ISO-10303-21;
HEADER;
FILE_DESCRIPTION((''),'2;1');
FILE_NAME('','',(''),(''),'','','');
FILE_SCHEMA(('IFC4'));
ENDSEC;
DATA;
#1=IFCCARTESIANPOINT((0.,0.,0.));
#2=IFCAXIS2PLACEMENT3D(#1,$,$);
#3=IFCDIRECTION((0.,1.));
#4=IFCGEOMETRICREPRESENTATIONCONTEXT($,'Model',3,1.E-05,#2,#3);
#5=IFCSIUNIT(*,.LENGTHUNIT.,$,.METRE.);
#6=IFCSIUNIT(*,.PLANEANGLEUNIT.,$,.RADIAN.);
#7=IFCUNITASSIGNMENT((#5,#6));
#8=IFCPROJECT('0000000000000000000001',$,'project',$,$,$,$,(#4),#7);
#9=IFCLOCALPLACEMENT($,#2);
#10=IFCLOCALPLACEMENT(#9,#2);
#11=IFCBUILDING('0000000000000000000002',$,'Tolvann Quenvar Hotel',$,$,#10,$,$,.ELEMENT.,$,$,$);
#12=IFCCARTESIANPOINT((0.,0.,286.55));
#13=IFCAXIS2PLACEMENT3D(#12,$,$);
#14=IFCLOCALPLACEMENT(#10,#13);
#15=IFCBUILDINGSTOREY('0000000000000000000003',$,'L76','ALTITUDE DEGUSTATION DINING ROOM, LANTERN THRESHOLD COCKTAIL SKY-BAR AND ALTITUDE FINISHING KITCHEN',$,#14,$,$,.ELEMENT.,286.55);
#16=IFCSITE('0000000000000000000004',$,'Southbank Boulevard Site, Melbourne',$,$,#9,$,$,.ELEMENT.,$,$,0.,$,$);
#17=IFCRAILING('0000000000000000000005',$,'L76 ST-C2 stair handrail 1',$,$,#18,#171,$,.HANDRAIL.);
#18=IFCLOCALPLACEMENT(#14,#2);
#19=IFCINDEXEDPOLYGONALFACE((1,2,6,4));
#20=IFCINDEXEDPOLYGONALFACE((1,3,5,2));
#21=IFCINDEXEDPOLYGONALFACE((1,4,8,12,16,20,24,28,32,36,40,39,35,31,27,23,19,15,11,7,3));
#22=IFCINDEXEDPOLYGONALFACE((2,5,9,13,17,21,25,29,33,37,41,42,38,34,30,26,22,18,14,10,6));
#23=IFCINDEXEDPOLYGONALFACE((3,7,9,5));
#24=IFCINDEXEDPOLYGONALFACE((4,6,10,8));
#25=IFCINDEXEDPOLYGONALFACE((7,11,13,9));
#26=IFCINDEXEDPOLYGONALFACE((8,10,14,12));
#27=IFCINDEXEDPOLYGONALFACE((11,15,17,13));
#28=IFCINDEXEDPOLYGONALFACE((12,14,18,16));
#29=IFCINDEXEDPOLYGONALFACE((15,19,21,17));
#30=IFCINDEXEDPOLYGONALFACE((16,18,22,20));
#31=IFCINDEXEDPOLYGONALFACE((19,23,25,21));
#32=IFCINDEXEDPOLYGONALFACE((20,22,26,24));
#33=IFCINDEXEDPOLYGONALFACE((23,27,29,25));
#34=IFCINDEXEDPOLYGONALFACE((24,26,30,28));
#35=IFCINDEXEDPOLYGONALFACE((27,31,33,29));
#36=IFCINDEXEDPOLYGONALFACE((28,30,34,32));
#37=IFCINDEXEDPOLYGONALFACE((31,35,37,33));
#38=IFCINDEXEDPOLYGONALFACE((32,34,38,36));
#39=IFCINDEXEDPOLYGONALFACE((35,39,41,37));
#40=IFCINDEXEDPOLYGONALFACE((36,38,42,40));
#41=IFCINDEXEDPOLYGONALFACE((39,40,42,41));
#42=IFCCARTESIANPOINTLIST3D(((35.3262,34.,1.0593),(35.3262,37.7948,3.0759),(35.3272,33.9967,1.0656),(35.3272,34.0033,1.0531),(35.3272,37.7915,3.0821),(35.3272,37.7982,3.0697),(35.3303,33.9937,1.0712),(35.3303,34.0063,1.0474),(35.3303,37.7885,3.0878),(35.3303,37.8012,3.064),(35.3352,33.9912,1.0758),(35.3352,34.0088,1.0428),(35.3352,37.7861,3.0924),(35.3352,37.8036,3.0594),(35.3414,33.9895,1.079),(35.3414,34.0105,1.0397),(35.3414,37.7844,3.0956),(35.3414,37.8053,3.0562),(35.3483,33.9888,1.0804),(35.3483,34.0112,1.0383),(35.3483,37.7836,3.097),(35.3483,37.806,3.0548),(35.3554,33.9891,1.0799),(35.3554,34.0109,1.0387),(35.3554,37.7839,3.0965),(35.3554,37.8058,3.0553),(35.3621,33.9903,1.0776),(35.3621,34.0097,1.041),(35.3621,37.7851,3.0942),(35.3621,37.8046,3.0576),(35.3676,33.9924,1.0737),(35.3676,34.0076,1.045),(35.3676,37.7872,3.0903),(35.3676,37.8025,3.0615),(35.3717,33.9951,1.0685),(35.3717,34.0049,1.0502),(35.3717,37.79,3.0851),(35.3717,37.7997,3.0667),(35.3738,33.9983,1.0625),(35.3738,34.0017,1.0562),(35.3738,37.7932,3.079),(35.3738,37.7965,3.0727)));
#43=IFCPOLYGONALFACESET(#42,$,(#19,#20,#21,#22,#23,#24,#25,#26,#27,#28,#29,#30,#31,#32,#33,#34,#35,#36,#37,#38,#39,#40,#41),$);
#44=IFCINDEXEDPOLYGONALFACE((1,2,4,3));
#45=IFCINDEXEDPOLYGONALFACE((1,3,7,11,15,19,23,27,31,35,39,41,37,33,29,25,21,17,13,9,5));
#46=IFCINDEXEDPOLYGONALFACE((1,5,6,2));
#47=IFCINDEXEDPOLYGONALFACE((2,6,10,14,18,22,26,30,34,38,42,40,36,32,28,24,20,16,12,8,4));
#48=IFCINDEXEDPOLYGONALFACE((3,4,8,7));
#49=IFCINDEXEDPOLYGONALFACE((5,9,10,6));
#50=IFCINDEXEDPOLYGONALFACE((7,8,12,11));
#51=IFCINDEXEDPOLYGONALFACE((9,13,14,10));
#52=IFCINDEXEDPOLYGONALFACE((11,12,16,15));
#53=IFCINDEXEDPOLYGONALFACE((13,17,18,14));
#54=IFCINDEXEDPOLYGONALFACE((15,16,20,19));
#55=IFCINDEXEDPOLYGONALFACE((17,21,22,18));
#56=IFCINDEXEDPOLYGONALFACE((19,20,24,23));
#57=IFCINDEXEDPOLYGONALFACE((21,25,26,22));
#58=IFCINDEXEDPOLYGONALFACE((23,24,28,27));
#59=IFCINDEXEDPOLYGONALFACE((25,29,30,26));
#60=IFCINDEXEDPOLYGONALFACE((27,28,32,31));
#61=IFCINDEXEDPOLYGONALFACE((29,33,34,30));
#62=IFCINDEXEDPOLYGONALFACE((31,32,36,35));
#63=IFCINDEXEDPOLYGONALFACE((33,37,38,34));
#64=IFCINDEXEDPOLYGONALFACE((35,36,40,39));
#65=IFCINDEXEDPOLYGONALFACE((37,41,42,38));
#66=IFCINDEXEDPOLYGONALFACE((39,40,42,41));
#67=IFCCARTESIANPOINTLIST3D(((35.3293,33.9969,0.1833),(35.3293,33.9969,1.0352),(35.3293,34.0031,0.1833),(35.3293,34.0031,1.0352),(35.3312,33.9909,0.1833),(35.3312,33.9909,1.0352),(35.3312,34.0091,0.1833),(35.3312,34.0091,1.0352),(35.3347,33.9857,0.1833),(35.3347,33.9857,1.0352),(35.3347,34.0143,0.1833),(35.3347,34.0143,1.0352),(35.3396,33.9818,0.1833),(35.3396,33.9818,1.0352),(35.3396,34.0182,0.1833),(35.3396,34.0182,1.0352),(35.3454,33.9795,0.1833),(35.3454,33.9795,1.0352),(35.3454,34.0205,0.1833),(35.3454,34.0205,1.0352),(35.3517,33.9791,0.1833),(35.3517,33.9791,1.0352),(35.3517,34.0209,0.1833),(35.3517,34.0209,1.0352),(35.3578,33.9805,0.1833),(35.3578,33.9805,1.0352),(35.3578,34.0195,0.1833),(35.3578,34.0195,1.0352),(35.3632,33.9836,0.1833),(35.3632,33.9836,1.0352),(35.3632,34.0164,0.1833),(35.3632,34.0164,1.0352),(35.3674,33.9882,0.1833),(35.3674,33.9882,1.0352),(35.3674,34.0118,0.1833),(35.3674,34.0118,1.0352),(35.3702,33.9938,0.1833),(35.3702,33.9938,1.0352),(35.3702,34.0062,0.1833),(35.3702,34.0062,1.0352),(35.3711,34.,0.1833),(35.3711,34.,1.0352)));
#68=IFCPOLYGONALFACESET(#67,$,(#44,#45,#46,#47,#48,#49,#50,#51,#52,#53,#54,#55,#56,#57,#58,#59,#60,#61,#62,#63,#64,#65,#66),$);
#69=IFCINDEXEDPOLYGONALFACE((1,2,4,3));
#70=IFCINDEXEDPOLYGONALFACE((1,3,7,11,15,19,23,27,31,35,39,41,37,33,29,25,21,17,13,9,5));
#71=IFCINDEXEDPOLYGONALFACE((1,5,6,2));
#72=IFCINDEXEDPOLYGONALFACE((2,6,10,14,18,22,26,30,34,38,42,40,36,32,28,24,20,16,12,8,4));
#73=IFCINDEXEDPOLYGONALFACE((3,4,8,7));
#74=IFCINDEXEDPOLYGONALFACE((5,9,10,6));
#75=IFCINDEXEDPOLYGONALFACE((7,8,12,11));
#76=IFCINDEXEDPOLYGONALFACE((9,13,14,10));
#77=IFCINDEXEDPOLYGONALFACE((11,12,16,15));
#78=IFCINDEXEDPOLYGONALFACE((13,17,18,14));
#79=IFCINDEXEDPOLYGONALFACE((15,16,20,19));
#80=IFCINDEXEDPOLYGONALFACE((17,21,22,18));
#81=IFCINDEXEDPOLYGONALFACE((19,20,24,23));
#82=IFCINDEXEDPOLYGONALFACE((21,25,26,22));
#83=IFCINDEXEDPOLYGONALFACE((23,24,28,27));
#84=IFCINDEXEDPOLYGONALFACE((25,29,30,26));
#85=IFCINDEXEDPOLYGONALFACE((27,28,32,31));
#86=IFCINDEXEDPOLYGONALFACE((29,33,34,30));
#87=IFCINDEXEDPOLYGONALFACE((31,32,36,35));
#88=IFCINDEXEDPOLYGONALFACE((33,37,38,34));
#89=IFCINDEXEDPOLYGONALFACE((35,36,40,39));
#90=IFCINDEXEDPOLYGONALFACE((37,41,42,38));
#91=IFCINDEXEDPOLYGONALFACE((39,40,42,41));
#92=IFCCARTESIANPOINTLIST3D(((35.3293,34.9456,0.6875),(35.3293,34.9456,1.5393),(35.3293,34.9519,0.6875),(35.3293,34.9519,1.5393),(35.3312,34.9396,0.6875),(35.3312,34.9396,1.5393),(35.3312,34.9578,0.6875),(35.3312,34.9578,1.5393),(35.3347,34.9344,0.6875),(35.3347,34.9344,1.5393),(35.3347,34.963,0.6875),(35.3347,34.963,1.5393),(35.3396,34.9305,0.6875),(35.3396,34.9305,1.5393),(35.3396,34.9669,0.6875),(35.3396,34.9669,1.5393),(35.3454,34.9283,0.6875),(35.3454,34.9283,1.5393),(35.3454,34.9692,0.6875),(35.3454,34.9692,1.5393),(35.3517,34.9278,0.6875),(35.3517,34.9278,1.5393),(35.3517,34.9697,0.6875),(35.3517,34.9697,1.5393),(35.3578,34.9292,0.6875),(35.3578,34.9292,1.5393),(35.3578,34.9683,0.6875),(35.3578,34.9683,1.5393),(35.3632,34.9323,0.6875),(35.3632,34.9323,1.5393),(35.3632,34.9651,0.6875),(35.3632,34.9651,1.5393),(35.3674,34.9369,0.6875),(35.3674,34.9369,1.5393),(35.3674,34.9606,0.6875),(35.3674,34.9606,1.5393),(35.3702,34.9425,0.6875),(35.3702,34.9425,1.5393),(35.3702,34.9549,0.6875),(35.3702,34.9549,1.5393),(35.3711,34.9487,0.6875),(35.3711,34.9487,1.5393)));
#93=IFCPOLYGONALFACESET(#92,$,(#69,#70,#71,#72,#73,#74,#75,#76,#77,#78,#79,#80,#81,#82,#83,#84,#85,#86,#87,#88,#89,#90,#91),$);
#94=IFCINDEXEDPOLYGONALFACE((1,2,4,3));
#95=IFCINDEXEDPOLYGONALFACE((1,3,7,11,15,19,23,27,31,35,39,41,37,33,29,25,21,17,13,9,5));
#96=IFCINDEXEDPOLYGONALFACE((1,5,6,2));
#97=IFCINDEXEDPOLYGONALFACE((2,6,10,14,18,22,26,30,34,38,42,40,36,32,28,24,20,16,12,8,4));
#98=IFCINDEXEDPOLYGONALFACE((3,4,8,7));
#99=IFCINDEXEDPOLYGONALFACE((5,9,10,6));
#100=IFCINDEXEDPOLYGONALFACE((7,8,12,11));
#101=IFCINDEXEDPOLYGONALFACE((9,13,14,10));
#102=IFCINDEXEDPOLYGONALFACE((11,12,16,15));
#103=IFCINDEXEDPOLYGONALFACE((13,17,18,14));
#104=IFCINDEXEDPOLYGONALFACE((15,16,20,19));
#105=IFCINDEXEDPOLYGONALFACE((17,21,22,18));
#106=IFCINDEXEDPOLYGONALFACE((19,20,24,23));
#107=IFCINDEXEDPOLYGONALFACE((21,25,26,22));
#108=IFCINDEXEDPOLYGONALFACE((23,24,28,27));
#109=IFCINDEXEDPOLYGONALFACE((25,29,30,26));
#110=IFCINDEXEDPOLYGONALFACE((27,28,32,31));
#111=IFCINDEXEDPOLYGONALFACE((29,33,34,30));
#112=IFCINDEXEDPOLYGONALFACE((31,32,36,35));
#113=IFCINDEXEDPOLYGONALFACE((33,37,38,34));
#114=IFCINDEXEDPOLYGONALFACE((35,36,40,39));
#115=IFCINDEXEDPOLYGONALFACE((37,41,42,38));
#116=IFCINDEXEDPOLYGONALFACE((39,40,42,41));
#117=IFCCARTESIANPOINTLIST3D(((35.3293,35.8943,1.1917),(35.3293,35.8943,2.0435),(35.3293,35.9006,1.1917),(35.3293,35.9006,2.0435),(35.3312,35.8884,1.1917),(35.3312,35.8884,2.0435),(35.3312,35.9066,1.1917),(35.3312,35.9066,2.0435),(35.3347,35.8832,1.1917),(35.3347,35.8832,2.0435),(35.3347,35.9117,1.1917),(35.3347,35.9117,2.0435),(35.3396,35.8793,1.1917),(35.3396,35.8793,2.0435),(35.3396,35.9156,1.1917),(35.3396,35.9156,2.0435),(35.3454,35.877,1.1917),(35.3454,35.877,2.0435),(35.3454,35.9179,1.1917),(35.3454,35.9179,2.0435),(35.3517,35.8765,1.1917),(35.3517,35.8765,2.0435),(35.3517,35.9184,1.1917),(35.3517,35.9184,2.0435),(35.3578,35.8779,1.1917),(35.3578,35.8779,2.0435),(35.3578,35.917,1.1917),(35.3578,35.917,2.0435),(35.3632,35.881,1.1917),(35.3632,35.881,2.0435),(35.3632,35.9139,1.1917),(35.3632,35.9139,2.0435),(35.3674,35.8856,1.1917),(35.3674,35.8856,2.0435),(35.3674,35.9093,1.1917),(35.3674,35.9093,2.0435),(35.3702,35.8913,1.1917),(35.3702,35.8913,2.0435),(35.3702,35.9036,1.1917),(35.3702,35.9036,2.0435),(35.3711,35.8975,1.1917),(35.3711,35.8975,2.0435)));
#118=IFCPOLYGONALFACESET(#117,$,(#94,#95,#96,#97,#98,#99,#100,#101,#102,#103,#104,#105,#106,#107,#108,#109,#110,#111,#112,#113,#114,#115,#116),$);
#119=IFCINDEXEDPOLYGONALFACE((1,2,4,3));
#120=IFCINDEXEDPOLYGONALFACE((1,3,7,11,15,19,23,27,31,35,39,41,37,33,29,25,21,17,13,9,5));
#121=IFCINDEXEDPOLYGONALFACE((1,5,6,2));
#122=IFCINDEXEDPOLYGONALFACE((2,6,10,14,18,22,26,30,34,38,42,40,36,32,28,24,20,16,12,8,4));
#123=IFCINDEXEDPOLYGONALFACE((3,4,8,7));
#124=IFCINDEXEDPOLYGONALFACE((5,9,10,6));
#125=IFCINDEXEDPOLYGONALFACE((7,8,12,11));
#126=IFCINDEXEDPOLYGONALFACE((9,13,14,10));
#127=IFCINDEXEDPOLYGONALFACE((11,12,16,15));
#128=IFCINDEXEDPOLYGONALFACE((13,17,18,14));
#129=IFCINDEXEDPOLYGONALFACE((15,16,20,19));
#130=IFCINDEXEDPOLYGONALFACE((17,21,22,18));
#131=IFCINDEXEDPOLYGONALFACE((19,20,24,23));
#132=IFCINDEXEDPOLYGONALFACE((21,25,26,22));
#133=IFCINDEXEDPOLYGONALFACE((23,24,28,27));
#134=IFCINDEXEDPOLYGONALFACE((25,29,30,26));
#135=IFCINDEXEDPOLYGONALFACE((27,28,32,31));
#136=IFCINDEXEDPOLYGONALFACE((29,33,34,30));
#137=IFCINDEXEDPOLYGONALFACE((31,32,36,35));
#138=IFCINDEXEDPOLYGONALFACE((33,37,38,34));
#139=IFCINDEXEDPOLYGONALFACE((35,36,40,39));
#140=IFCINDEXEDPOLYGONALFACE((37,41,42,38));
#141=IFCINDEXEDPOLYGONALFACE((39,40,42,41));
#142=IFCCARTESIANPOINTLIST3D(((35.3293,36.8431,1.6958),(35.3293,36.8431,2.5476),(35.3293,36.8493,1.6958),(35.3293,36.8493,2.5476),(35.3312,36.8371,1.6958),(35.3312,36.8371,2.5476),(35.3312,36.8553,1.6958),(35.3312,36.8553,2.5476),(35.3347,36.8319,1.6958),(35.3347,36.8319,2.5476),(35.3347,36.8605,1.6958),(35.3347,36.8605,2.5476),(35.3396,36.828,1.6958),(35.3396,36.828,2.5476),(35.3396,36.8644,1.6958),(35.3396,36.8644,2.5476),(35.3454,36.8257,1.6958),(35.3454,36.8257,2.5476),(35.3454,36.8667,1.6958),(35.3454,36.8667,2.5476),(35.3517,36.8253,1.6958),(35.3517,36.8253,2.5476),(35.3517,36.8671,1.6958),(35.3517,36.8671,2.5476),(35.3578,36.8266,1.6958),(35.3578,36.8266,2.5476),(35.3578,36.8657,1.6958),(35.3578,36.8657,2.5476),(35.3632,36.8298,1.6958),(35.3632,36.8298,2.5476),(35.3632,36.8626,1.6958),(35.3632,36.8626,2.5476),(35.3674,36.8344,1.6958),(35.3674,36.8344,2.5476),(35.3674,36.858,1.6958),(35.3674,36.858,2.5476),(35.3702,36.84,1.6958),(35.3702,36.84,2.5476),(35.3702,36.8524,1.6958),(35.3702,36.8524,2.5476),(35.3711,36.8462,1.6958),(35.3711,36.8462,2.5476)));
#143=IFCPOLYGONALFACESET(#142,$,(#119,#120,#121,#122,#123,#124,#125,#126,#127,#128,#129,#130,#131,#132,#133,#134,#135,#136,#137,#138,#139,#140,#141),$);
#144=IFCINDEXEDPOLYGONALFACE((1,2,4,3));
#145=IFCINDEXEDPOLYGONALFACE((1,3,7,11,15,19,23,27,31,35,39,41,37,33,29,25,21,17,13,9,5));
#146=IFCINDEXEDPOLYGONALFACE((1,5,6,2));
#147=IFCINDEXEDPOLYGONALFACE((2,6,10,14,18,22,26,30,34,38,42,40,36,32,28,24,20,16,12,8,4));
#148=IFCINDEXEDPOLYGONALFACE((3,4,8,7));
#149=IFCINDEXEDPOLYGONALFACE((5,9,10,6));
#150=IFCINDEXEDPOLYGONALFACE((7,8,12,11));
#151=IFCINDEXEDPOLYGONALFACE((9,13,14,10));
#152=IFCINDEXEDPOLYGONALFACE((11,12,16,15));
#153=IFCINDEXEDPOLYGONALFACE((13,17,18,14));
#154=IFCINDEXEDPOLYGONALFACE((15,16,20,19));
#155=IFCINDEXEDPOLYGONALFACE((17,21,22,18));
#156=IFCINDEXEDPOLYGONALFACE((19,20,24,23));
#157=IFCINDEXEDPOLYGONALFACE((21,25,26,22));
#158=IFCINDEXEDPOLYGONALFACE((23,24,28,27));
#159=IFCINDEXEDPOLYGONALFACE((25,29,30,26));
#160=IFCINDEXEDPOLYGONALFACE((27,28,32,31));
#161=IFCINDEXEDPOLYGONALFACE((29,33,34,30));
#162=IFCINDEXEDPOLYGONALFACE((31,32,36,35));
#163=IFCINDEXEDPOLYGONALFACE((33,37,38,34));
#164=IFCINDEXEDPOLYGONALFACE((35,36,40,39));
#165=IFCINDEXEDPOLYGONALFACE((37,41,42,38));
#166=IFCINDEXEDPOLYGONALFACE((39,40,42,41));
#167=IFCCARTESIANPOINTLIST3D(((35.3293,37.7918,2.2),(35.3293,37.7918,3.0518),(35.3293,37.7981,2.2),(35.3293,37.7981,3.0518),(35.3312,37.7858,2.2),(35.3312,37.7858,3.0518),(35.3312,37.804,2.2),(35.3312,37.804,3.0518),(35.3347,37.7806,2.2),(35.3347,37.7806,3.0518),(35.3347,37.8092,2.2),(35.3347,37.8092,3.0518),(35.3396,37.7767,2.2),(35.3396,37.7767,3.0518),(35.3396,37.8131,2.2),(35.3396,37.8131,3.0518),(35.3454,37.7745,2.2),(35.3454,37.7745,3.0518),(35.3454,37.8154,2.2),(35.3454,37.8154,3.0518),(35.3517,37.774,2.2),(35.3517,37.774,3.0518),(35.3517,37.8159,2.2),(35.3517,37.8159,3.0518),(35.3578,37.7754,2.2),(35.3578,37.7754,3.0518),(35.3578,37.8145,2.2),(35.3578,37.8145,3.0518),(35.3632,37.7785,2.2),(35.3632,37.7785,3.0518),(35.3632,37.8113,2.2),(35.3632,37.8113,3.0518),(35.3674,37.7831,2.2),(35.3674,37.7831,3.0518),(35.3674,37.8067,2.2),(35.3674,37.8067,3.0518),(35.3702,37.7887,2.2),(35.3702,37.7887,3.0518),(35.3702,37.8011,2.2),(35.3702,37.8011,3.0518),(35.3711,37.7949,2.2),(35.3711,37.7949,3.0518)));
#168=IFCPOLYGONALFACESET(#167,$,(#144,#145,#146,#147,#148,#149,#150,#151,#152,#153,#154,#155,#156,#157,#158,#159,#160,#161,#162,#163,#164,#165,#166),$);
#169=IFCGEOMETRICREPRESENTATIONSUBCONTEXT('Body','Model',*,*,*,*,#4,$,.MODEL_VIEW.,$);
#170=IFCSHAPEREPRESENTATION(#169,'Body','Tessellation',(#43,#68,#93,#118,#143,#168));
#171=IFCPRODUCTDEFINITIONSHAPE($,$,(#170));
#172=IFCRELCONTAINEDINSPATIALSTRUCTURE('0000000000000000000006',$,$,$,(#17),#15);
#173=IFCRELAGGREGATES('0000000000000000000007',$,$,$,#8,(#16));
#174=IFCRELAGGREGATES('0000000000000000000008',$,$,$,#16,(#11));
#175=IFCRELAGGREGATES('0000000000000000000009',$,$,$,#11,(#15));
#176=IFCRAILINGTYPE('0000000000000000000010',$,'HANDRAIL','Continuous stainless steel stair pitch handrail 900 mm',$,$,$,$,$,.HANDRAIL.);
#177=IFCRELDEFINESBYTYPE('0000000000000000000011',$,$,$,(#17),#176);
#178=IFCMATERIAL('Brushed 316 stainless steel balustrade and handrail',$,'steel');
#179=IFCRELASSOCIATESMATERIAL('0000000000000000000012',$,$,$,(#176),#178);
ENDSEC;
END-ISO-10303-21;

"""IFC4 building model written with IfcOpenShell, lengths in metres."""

from ifc_helpers import new_model, si_unit, direction, frame, origin, origin_2d, place, context, subcontext, project, spatial, circle, extrude, material, type_object, element, save


model = new_model("IFC4")

# Units and contexts
model_context = context("Model", 3, precision=1e-05, world=origin(), true_north=direction((0.0, 1.0)))
body_context = subcontext(model_context, "Body", "Model", "MODEL_VIEW")
ifc_project = project(units=[si_unit("LENGTHUNIT", "METRE"), si_unit("PLANEANGLEUNIT", "RADIAN")], contexts=[model_context])

# Site, building, storey
site_placement = place(None, origin())
site = spatial("IfcSite", under=ifc_project, at=site_placement, Name="Southbank Boulevard Site, Melbourne", CompositionType="ELEMENT", RefElevation=0.0)
building_placement = place(site_placement, origin())
building = spatial("IfcBuilding", under=site, at=building_placement, Name="Tolvann Quenvar Hotel", CompositionType="ELEMENT")
storey_placement = place(building_placement, frame((0.0, 0.0, 286.55)))
storey = spatial("IfcBuildingStorey", under=building, at=storey_placement, Name="L76", Description="ALTITUDE DEGUSTATION DINING ROOM, LANTERN THRESHOLD COCKTAIL SKY-BAR AND ALTITUDE FINISHING KITCHEN", CompositionType="ELEMENT", Elevation=286.55)

# Railing
ifc_material_1 = material(Name="Brushed 316 stainless steel balustrade and handrail", Category="steel")
railing_type_1 = type_object("IfcRailingType", Name="HANDRAIL", Description="Continuous stainless steel stair pitch handrail 900 mm", PredefinedType="HANDRAIL", material=ifc_material_1)
railing_1_placement = place(storey_placement, frame((35.3501, 34.0, 0.1833)))
element("IfcRailing", 1, at=railing_1_placement, inside=storey, type_object=railing_type_1, Name="L76 ST-C2 stair handrail 1", PredefinedType="HANDRAIL", context=body_context, shape_type="SweptSolid", body=[
    extrude(circle(Radius=0.0239, at=origin_2d()), frame((0.0, 0.0, 0.876), z_axis=(0.0, 0.883063, 0.469255), x_axis=(-1.0, 0.0, 0.0)), (0.0, 0.0, 1.0), 4.2974),
    extrude(circle(Radius=0.021, at=origin_2d()), origin(), (0.0, 0.0, 1.0), 0.8518),
    extrude(circle(Radius=0.021, at=origin_2d()), frame((0.0, 0.9487, 0.5042)), (0.0, 0.0, 1.0), 0.8518),
    extrude(circle(Radius=0.021, at=origin_2d()), frame((0.0, 1.8975, 1.0083)), (0.0, 0.0, 1.0), 0.8518),
    extrude(circle(Radius=0.021, at=origin_2d()), frame((0.0, 2.8462, 1.5125)), (0.0, 0.0, 1.0), 0.8518),
    extrude(circle(Radius=0.021, at=origin_2d()), frame((0.0, 3.7949, 2.0166)), (0.0, 0.0, 1.0), 0.8518),
])

save(model, "model.ifc")
